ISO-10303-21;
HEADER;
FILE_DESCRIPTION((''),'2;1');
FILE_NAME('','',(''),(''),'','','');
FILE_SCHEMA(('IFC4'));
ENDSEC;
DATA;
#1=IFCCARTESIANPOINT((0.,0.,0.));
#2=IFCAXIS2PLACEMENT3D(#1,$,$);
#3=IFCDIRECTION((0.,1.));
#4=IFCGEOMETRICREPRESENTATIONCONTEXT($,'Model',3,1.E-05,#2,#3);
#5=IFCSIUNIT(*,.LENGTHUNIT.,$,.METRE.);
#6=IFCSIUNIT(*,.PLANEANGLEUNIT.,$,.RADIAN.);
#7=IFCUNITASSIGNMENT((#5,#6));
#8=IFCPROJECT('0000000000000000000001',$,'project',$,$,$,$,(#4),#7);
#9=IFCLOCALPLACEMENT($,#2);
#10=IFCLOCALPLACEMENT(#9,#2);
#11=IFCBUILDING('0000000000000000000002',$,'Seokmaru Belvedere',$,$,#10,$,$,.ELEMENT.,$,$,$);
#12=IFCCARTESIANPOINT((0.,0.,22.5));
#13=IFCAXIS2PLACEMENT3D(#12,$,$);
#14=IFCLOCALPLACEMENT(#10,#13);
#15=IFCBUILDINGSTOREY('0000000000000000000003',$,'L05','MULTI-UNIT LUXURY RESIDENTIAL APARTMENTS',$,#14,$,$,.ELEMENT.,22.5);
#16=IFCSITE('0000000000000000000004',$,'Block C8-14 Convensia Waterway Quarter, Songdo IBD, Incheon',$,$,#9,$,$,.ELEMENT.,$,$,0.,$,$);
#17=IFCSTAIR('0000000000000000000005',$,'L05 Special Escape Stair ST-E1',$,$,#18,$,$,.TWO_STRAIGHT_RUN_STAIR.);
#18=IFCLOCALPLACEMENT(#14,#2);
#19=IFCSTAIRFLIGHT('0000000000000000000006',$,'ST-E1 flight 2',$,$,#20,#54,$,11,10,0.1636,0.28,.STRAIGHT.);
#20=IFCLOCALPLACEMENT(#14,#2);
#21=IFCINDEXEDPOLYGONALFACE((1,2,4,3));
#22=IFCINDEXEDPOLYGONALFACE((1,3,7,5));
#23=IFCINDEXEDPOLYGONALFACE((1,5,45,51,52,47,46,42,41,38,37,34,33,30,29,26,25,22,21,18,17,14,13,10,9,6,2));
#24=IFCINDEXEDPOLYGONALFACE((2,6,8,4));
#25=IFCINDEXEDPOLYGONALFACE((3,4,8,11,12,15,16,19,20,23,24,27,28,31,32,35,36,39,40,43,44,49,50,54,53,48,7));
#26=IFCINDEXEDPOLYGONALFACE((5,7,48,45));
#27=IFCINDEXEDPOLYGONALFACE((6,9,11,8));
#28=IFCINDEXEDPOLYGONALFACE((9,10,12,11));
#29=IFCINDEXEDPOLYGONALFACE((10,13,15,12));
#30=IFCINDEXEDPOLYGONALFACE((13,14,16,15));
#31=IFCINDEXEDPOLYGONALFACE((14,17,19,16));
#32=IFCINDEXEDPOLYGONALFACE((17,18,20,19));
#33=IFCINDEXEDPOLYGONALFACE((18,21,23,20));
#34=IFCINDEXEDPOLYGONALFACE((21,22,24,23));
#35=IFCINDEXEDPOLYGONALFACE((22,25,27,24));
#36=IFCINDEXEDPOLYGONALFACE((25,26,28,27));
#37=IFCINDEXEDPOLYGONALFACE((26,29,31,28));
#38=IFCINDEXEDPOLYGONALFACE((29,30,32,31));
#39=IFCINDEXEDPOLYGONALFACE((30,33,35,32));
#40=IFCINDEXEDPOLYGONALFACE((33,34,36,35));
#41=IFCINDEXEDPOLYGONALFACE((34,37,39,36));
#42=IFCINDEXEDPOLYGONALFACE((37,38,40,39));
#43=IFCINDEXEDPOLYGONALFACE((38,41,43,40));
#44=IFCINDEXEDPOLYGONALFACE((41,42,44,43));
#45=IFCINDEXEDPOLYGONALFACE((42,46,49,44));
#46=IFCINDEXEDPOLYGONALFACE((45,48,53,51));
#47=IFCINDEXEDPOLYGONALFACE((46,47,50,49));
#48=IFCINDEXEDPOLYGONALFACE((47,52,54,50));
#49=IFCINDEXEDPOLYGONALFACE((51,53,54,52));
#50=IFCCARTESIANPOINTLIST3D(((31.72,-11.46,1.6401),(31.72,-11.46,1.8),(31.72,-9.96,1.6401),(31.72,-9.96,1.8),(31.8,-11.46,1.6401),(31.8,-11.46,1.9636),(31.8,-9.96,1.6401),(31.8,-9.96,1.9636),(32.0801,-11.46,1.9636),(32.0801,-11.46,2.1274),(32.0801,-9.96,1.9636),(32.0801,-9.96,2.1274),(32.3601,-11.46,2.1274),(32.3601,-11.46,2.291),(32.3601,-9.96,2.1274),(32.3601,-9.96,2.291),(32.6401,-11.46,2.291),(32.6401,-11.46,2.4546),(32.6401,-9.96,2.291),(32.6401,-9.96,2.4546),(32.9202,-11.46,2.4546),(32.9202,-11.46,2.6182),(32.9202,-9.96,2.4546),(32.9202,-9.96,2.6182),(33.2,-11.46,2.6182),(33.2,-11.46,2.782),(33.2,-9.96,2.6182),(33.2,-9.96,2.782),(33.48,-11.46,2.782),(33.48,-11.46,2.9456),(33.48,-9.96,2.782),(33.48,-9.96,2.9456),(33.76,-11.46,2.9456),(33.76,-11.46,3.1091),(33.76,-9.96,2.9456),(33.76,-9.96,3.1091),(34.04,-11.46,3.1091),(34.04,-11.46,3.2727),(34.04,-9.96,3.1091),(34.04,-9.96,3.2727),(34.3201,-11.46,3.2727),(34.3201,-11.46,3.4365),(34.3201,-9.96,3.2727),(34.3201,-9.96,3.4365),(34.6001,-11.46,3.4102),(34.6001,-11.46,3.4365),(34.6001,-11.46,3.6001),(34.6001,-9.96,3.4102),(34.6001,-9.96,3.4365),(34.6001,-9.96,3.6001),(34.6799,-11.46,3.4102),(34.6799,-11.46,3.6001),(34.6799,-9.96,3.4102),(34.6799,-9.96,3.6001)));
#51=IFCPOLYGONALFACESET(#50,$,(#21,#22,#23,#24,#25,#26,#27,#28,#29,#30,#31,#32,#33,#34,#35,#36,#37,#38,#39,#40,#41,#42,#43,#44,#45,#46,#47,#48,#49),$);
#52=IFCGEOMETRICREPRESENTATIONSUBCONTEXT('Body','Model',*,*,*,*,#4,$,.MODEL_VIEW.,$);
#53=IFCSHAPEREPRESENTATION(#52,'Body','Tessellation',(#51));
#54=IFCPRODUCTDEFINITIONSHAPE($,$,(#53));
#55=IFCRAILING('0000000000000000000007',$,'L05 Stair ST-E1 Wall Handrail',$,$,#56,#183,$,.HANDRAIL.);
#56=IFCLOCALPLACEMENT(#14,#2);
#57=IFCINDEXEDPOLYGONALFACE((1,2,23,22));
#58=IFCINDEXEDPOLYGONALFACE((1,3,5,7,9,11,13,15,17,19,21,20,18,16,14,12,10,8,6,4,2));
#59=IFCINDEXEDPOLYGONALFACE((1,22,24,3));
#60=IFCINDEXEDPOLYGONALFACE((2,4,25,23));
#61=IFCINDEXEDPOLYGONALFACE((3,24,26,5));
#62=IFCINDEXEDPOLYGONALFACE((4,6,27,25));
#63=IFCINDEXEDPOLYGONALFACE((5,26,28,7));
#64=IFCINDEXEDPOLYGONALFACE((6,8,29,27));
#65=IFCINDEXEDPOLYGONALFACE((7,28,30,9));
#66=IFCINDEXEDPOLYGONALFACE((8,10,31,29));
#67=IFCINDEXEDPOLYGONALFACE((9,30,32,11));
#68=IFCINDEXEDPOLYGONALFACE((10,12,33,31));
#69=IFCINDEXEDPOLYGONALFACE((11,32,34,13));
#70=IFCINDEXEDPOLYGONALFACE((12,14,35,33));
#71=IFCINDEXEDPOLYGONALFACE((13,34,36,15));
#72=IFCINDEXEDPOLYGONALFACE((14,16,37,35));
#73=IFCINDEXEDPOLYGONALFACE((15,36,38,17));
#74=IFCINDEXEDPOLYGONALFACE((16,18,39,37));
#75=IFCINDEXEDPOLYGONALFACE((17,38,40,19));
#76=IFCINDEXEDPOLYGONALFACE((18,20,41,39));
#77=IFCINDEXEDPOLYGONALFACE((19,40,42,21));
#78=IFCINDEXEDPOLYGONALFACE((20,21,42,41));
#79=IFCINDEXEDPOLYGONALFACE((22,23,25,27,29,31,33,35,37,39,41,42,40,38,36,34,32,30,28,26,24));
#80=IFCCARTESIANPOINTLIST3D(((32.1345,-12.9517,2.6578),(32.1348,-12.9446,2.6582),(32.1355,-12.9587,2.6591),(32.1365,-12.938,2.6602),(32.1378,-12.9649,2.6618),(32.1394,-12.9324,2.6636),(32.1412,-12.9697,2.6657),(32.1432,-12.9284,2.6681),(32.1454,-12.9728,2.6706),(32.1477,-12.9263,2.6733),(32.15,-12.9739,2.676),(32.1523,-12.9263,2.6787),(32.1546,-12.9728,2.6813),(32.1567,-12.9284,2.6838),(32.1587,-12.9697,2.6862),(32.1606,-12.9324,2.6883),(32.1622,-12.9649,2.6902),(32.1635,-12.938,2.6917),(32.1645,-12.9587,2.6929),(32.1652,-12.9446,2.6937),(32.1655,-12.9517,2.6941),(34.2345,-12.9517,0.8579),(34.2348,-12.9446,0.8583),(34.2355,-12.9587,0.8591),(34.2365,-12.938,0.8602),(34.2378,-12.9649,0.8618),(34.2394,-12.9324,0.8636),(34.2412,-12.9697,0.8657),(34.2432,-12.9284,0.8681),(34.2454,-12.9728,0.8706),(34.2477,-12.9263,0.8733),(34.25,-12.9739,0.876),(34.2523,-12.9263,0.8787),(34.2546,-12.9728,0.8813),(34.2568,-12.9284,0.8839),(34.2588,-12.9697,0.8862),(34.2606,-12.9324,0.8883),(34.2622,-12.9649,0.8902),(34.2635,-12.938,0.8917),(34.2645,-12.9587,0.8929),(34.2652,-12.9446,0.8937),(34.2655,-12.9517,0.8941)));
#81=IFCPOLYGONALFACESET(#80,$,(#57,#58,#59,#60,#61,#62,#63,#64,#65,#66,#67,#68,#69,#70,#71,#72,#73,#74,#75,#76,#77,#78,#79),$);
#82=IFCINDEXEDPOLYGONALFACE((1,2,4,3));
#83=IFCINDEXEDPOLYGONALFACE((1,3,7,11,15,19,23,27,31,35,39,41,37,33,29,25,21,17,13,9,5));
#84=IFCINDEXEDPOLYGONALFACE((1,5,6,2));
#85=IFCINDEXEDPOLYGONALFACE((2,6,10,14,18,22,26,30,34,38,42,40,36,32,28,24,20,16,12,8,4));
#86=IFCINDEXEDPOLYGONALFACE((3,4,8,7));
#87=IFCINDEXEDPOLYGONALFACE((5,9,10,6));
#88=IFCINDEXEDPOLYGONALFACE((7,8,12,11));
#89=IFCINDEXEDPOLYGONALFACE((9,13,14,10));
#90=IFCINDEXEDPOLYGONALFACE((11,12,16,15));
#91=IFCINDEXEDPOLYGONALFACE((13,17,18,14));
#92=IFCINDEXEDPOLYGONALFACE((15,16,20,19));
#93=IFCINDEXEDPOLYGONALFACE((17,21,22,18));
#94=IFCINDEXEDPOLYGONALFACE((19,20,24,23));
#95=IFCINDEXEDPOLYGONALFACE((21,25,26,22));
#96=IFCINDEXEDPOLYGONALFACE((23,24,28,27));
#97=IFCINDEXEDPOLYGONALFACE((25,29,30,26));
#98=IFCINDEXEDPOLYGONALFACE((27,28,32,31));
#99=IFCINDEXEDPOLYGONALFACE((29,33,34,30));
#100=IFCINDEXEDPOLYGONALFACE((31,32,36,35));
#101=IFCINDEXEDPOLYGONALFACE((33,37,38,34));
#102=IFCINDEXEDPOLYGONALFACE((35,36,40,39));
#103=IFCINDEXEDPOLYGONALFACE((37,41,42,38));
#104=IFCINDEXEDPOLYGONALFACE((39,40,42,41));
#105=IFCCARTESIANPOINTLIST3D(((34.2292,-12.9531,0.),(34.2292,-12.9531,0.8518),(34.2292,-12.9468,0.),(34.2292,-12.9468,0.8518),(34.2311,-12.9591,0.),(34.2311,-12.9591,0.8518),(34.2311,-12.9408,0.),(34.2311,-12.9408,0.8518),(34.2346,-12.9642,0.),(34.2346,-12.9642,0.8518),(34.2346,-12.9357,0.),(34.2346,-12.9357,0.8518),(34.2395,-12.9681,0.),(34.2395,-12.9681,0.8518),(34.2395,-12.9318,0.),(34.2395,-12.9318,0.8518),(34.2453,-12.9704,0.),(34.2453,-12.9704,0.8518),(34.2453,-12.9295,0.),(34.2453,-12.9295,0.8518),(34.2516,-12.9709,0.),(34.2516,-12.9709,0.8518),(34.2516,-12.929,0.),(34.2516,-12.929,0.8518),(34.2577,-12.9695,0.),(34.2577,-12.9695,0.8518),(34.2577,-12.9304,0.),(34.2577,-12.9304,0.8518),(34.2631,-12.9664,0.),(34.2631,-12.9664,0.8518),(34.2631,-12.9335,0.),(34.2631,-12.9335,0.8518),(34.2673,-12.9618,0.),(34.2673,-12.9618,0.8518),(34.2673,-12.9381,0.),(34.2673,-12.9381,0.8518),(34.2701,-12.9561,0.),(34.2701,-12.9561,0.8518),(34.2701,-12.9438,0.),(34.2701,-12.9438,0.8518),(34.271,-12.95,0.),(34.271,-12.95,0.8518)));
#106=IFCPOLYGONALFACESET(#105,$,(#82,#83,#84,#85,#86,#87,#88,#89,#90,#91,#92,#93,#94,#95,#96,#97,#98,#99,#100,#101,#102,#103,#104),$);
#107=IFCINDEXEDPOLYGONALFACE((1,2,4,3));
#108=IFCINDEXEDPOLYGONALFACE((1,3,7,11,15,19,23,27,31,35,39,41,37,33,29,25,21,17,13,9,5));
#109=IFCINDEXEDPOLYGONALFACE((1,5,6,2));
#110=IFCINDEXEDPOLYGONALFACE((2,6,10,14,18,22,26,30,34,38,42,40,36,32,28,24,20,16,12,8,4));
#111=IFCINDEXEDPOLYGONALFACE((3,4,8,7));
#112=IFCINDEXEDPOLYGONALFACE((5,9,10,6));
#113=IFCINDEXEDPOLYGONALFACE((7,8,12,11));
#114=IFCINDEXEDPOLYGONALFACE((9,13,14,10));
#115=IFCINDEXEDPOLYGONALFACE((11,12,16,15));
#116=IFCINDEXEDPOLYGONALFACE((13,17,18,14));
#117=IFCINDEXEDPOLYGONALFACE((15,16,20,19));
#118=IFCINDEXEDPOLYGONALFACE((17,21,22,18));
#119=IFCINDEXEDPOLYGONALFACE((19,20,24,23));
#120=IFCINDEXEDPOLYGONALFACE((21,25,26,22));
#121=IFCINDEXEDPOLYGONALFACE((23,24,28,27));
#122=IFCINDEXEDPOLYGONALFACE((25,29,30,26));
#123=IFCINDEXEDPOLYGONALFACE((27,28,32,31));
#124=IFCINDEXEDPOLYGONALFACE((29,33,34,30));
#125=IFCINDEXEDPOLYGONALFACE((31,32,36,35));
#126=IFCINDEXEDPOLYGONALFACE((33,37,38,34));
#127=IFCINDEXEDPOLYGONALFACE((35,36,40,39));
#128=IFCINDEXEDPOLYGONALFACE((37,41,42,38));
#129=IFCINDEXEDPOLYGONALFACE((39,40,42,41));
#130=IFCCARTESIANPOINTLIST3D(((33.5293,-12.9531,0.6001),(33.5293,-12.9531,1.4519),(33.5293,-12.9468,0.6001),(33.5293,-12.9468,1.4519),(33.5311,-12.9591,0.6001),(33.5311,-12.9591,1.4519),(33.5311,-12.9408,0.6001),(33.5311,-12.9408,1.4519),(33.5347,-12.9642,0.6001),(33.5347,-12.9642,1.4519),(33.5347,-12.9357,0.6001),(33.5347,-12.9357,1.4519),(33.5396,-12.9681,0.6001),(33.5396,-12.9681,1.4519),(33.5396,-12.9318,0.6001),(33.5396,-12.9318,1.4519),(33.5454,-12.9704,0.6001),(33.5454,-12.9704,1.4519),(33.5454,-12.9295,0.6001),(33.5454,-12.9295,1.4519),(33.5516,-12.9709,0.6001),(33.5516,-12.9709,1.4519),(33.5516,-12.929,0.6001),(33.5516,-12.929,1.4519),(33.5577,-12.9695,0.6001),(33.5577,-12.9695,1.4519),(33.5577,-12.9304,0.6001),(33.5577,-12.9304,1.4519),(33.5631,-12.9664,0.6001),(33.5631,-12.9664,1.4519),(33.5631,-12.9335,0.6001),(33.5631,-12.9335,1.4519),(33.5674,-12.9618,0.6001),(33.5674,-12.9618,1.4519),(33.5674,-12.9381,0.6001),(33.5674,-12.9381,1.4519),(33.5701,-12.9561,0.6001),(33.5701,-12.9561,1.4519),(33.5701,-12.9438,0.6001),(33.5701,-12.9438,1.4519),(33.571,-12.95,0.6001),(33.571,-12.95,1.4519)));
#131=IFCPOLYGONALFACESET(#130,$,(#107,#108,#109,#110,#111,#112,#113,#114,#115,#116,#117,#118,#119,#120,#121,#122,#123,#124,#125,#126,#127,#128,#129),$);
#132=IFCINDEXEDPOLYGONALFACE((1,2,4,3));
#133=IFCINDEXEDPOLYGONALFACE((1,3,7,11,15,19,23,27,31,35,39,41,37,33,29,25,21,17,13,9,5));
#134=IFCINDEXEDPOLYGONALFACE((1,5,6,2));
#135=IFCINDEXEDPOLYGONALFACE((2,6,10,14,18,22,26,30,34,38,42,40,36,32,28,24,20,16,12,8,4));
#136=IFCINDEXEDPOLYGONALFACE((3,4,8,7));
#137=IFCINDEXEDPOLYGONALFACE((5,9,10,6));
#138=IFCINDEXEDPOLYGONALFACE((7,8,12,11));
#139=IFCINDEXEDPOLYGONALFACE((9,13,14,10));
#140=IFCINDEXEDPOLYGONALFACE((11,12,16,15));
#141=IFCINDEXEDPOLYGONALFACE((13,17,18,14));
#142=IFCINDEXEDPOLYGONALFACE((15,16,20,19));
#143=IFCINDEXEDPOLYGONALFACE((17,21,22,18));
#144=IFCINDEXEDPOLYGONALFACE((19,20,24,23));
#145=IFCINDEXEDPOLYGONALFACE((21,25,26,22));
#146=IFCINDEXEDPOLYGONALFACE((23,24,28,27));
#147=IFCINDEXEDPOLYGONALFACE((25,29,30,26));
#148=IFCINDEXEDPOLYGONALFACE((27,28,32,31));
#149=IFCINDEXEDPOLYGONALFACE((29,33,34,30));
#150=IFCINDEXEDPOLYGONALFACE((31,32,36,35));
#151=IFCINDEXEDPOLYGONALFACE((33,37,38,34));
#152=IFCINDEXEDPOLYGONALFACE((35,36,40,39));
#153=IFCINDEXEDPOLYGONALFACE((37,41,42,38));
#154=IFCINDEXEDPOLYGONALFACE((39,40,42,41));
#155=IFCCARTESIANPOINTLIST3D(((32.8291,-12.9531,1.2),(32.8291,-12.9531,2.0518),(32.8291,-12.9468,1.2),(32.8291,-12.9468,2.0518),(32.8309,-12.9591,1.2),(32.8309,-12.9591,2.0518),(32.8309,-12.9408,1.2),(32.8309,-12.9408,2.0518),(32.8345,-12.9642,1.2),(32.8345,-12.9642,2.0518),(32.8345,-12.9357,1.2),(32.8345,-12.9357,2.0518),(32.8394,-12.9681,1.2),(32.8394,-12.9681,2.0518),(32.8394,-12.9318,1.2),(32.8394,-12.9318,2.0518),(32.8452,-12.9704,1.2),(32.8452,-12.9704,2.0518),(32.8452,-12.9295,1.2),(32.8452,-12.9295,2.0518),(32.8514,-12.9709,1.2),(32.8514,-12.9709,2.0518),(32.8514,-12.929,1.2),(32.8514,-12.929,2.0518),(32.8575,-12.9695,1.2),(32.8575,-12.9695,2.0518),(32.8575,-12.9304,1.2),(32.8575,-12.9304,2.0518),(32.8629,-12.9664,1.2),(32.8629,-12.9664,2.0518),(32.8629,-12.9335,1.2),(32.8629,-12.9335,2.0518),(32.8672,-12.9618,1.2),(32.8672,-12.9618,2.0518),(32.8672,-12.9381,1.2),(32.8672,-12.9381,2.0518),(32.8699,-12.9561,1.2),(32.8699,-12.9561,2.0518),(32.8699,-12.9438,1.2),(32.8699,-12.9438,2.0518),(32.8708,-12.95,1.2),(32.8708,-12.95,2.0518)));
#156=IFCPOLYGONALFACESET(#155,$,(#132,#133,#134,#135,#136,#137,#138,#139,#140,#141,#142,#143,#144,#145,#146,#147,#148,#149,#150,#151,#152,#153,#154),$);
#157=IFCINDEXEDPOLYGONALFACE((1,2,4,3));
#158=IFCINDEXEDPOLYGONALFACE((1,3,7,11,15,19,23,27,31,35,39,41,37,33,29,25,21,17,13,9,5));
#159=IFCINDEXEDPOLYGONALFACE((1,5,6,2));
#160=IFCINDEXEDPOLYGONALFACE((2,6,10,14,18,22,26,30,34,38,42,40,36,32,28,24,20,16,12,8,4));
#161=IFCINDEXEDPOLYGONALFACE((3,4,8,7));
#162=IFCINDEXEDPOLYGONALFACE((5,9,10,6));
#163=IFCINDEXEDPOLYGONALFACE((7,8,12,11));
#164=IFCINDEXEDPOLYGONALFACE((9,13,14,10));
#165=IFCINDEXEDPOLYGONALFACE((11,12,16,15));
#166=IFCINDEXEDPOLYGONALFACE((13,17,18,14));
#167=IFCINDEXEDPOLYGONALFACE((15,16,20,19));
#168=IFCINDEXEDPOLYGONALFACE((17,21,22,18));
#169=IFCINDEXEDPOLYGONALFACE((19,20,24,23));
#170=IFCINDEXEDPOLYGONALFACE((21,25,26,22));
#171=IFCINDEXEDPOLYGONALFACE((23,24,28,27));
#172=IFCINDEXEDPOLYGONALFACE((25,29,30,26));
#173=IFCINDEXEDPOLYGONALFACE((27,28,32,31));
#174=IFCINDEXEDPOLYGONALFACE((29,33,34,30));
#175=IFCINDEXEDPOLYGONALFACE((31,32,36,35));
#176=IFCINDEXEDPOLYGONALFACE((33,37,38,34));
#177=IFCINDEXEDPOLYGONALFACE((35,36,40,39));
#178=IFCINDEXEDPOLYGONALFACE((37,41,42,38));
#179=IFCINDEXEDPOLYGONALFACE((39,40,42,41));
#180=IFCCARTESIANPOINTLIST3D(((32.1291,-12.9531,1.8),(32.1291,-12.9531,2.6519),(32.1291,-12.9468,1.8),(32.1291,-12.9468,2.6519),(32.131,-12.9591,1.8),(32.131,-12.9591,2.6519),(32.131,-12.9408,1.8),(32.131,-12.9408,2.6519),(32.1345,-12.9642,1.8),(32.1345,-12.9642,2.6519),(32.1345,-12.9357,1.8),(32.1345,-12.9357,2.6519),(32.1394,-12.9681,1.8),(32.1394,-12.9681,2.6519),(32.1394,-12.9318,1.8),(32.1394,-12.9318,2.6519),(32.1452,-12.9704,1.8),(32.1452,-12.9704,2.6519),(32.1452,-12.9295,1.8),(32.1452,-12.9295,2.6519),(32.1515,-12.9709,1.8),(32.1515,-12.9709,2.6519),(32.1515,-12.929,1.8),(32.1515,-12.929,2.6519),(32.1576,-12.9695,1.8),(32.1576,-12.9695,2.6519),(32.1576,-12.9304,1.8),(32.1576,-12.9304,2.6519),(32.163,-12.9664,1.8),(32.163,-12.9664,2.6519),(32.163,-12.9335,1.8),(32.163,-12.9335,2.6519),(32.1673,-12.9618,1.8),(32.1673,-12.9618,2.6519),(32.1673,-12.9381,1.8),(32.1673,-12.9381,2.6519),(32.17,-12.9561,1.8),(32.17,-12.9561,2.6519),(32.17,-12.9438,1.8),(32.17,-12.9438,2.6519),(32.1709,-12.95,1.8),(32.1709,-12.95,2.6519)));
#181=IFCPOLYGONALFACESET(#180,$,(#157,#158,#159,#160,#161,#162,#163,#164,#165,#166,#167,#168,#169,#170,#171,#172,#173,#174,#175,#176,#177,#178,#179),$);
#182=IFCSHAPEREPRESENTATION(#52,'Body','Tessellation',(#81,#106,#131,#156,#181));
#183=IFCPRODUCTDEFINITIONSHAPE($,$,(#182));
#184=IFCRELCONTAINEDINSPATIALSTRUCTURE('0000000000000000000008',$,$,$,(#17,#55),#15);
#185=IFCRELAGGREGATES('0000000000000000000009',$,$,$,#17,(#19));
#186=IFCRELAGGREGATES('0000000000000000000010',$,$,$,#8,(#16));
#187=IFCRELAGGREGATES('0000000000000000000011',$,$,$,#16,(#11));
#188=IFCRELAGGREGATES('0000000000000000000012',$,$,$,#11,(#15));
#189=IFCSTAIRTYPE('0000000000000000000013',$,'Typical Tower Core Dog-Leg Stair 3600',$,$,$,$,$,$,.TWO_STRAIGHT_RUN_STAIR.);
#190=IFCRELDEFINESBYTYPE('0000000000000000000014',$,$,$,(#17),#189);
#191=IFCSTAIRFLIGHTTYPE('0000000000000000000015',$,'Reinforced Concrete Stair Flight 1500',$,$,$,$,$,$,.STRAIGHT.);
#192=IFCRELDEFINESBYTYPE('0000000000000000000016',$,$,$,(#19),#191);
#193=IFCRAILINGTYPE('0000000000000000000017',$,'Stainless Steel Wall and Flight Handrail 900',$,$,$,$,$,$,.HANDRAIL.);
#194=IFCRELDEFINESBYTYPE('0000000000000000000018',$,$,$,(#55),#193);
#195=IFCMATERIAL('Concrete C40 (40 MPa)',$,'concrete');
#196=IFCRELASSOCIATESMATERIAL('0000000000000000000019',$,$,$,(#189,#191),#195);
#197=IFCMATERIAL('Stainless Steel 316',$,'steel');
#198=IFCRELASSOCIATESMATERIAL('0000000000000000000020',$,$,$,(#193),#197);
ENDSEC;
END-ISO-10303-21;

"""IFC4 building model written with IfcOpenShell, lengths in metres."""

from ifc_helpers import new_model, si_unit, direction, frame, origin, origin_2d, place, context, subcontext, project, spatial, polyline, circle, outline, extrude, material, type_object, element, aggregate, save


model = new_model("IFC4")

# Units and contexts
model_context = context("Model", 3, precision=1e-05, world=origin(), true_north=direction((0.0, 1.0)))
body_context = subcontext(model_context, "Body", "Model", "MODEL_VIEW")
ifc_project = project(units=[si_unit("LENGTHUNIT", "METRE"), si_unit("PLANEANGLEUNIT", "RADIAN")], contexts=[model_context])

# Site, building, storey
site_placement = place(None, origin())
site = spatial("IfcSite", under=ifc_project, at=site_placement, Name="Block C8-14 Convensia Waterway Quarter, Songdo IBD, Incheon", CompositionType="ELEMENT", RefElevation=0.0)
building_placement = place(site_placement, origin())
building = spatial("IfcBuilding", under=site, at=building_placement, Name="Seokmaru Belvedere", CompositionType="ELEMENT")
storey_placement = place(building_placement, frame((0.0, 0.0, 22.5)))
storey = spatial("IfcBuildingStorey", under=building, at=storey_placement, Name="L05", Description="MULTI-UNIT LUXURY RESIDENTIAL APARTMENTS", CompositionType="ELEMENT", Elevation=22.5)

# Shared definitions
ifc_material_1 = material(Name="Stainless Steel 316", Category="steel")

# Stair, stair flight
ifc_material_2 = material(Name="Concrete C40 (40 MPa)", Category="concrete")
stair_type = type_object("IfcStairType", Name="Typical Tower Core Dog-Leg Stair 3600", PredefinedType="TWO_STRAIGHT_RUN_STAIR", material=ifc_material_2)
stair_placement = place(storey_placement, origin())
stair = element("IfcStair", 1, at=stair_placement, inside=storey, type_object=stair_type, Name="L05 Special Escape Stair ST-E1", PredefinedType="TWO_STRAIGHT_RUN_STAIR")
stair_flight_type = type_object("IfcStairFlightType", Name="Reinforced Concrete Stair Flight 1500", PredefinedType="STRAIGHT", material=ifc_material_2)
stair_flight_1_placement = place(storey_placement, frame((31.8, -10.71, 1.8), z_axis=(0.0, 0.0, 1.0), x_axis=(1.0, 0.0, 0.0)))
stair_flight_1 = element("IfcStairFlight", 2, at=stair_flight_1_placement, type_object=stair_flight_type, Name="ST-E1 flight 2", NumberOfRisers=11, NumberOfTreads=10, PredefinedType="STRAIGHT", RiserHeight=0.1636, TreadLength=0.28, context=body_context, shape_type="SweptSolid", body=[
    extrude(outline(polyline([(-0.0801, 0.0), (0.0, 0.1636), (0.28, 0.1636), (0.28, 0.3274), (0.5601, 0.3274), (0.5601, 0.491), (0.8401, 0.491), (0.8401, 0.6545), (1.1201, 0.6545), (1.1201, 0.8181), (1.3999, 0.8181), (1.3999, 0.9819), (1.6799, 0.9819), (1.6799, 1.1455), (1.96, 1.1455), (1.96, 1.3091), (2.24, 1.3091), (2.24, 1.4727), (2.52, 1.4727), (2.52, 1.6365), (2.8, 1.6365), (2.8, 1.8), (2.8799, 1.8), (2.8799, 1.6101), (2.8, 1.6101), (0.0, -0.1599), (-0.0801, -0.1599), (-0.0801, 0.0)])), frame((0.0, 0.75, 0.0), z_axis=(0.0, -1.0, 0.0), x_axis=(1.0, 0.0, 0.0)), (0.0, 0.0, 1.0), 1.5),
])
aggregate(stair, [stair_flight_1])

# Railing
railing_type_1 = type_object("IfcRailingType", Name="Stainless Steel Wall and Flight Handrail 900", PredefinedType="HANDRAIL", material=ifc_material_1)
railing_1_placement = place(storey_placement, frame((34.25, -12.95, 0.0)))
element("IfcRailing", 3, at=railing_1_placement, inside=storey, type_object=railing_type_1, Name="L05 Stair ST-E1 Wall Handrail", PredefinedType="HANDRAIL", context=body_context, shape_type="SweptSolid", body=[
    extrude(circle(Radius=0.0239, at=origin_2d()), frame((0.0, 0.0, 0.876), z_axis=(-0.759263, 0.0, 0.650784), x_axis=(0.0, -1.0, 0.0)), (0.0, 0.0, 1.0), 2.7659),
    extrude(circle(Radius=0.021, at=origin_2d()), origin(), (0.0, 0.0, 1.0), 0.8518),
    extrude(circle(Radius=0.021, at=origin_2d()), frame((-0.7, 0.0, 0.6001)), (0.0, 0.0, 1.0), 0.8518),
    extrude(circle(Radius=0.021, at=origin_2d()), frame((-1.4001, 0.0, 1.2)), (0.0, 0.0, 1.0), 0.8518),
    extrude(circle(Radius=0.021, at=origin_2d()), frame((-2.1001, 0.0, 1.8)), (0.0, 0.0, 1.0), 0.8518),
])

save(model, "model.ifc")
